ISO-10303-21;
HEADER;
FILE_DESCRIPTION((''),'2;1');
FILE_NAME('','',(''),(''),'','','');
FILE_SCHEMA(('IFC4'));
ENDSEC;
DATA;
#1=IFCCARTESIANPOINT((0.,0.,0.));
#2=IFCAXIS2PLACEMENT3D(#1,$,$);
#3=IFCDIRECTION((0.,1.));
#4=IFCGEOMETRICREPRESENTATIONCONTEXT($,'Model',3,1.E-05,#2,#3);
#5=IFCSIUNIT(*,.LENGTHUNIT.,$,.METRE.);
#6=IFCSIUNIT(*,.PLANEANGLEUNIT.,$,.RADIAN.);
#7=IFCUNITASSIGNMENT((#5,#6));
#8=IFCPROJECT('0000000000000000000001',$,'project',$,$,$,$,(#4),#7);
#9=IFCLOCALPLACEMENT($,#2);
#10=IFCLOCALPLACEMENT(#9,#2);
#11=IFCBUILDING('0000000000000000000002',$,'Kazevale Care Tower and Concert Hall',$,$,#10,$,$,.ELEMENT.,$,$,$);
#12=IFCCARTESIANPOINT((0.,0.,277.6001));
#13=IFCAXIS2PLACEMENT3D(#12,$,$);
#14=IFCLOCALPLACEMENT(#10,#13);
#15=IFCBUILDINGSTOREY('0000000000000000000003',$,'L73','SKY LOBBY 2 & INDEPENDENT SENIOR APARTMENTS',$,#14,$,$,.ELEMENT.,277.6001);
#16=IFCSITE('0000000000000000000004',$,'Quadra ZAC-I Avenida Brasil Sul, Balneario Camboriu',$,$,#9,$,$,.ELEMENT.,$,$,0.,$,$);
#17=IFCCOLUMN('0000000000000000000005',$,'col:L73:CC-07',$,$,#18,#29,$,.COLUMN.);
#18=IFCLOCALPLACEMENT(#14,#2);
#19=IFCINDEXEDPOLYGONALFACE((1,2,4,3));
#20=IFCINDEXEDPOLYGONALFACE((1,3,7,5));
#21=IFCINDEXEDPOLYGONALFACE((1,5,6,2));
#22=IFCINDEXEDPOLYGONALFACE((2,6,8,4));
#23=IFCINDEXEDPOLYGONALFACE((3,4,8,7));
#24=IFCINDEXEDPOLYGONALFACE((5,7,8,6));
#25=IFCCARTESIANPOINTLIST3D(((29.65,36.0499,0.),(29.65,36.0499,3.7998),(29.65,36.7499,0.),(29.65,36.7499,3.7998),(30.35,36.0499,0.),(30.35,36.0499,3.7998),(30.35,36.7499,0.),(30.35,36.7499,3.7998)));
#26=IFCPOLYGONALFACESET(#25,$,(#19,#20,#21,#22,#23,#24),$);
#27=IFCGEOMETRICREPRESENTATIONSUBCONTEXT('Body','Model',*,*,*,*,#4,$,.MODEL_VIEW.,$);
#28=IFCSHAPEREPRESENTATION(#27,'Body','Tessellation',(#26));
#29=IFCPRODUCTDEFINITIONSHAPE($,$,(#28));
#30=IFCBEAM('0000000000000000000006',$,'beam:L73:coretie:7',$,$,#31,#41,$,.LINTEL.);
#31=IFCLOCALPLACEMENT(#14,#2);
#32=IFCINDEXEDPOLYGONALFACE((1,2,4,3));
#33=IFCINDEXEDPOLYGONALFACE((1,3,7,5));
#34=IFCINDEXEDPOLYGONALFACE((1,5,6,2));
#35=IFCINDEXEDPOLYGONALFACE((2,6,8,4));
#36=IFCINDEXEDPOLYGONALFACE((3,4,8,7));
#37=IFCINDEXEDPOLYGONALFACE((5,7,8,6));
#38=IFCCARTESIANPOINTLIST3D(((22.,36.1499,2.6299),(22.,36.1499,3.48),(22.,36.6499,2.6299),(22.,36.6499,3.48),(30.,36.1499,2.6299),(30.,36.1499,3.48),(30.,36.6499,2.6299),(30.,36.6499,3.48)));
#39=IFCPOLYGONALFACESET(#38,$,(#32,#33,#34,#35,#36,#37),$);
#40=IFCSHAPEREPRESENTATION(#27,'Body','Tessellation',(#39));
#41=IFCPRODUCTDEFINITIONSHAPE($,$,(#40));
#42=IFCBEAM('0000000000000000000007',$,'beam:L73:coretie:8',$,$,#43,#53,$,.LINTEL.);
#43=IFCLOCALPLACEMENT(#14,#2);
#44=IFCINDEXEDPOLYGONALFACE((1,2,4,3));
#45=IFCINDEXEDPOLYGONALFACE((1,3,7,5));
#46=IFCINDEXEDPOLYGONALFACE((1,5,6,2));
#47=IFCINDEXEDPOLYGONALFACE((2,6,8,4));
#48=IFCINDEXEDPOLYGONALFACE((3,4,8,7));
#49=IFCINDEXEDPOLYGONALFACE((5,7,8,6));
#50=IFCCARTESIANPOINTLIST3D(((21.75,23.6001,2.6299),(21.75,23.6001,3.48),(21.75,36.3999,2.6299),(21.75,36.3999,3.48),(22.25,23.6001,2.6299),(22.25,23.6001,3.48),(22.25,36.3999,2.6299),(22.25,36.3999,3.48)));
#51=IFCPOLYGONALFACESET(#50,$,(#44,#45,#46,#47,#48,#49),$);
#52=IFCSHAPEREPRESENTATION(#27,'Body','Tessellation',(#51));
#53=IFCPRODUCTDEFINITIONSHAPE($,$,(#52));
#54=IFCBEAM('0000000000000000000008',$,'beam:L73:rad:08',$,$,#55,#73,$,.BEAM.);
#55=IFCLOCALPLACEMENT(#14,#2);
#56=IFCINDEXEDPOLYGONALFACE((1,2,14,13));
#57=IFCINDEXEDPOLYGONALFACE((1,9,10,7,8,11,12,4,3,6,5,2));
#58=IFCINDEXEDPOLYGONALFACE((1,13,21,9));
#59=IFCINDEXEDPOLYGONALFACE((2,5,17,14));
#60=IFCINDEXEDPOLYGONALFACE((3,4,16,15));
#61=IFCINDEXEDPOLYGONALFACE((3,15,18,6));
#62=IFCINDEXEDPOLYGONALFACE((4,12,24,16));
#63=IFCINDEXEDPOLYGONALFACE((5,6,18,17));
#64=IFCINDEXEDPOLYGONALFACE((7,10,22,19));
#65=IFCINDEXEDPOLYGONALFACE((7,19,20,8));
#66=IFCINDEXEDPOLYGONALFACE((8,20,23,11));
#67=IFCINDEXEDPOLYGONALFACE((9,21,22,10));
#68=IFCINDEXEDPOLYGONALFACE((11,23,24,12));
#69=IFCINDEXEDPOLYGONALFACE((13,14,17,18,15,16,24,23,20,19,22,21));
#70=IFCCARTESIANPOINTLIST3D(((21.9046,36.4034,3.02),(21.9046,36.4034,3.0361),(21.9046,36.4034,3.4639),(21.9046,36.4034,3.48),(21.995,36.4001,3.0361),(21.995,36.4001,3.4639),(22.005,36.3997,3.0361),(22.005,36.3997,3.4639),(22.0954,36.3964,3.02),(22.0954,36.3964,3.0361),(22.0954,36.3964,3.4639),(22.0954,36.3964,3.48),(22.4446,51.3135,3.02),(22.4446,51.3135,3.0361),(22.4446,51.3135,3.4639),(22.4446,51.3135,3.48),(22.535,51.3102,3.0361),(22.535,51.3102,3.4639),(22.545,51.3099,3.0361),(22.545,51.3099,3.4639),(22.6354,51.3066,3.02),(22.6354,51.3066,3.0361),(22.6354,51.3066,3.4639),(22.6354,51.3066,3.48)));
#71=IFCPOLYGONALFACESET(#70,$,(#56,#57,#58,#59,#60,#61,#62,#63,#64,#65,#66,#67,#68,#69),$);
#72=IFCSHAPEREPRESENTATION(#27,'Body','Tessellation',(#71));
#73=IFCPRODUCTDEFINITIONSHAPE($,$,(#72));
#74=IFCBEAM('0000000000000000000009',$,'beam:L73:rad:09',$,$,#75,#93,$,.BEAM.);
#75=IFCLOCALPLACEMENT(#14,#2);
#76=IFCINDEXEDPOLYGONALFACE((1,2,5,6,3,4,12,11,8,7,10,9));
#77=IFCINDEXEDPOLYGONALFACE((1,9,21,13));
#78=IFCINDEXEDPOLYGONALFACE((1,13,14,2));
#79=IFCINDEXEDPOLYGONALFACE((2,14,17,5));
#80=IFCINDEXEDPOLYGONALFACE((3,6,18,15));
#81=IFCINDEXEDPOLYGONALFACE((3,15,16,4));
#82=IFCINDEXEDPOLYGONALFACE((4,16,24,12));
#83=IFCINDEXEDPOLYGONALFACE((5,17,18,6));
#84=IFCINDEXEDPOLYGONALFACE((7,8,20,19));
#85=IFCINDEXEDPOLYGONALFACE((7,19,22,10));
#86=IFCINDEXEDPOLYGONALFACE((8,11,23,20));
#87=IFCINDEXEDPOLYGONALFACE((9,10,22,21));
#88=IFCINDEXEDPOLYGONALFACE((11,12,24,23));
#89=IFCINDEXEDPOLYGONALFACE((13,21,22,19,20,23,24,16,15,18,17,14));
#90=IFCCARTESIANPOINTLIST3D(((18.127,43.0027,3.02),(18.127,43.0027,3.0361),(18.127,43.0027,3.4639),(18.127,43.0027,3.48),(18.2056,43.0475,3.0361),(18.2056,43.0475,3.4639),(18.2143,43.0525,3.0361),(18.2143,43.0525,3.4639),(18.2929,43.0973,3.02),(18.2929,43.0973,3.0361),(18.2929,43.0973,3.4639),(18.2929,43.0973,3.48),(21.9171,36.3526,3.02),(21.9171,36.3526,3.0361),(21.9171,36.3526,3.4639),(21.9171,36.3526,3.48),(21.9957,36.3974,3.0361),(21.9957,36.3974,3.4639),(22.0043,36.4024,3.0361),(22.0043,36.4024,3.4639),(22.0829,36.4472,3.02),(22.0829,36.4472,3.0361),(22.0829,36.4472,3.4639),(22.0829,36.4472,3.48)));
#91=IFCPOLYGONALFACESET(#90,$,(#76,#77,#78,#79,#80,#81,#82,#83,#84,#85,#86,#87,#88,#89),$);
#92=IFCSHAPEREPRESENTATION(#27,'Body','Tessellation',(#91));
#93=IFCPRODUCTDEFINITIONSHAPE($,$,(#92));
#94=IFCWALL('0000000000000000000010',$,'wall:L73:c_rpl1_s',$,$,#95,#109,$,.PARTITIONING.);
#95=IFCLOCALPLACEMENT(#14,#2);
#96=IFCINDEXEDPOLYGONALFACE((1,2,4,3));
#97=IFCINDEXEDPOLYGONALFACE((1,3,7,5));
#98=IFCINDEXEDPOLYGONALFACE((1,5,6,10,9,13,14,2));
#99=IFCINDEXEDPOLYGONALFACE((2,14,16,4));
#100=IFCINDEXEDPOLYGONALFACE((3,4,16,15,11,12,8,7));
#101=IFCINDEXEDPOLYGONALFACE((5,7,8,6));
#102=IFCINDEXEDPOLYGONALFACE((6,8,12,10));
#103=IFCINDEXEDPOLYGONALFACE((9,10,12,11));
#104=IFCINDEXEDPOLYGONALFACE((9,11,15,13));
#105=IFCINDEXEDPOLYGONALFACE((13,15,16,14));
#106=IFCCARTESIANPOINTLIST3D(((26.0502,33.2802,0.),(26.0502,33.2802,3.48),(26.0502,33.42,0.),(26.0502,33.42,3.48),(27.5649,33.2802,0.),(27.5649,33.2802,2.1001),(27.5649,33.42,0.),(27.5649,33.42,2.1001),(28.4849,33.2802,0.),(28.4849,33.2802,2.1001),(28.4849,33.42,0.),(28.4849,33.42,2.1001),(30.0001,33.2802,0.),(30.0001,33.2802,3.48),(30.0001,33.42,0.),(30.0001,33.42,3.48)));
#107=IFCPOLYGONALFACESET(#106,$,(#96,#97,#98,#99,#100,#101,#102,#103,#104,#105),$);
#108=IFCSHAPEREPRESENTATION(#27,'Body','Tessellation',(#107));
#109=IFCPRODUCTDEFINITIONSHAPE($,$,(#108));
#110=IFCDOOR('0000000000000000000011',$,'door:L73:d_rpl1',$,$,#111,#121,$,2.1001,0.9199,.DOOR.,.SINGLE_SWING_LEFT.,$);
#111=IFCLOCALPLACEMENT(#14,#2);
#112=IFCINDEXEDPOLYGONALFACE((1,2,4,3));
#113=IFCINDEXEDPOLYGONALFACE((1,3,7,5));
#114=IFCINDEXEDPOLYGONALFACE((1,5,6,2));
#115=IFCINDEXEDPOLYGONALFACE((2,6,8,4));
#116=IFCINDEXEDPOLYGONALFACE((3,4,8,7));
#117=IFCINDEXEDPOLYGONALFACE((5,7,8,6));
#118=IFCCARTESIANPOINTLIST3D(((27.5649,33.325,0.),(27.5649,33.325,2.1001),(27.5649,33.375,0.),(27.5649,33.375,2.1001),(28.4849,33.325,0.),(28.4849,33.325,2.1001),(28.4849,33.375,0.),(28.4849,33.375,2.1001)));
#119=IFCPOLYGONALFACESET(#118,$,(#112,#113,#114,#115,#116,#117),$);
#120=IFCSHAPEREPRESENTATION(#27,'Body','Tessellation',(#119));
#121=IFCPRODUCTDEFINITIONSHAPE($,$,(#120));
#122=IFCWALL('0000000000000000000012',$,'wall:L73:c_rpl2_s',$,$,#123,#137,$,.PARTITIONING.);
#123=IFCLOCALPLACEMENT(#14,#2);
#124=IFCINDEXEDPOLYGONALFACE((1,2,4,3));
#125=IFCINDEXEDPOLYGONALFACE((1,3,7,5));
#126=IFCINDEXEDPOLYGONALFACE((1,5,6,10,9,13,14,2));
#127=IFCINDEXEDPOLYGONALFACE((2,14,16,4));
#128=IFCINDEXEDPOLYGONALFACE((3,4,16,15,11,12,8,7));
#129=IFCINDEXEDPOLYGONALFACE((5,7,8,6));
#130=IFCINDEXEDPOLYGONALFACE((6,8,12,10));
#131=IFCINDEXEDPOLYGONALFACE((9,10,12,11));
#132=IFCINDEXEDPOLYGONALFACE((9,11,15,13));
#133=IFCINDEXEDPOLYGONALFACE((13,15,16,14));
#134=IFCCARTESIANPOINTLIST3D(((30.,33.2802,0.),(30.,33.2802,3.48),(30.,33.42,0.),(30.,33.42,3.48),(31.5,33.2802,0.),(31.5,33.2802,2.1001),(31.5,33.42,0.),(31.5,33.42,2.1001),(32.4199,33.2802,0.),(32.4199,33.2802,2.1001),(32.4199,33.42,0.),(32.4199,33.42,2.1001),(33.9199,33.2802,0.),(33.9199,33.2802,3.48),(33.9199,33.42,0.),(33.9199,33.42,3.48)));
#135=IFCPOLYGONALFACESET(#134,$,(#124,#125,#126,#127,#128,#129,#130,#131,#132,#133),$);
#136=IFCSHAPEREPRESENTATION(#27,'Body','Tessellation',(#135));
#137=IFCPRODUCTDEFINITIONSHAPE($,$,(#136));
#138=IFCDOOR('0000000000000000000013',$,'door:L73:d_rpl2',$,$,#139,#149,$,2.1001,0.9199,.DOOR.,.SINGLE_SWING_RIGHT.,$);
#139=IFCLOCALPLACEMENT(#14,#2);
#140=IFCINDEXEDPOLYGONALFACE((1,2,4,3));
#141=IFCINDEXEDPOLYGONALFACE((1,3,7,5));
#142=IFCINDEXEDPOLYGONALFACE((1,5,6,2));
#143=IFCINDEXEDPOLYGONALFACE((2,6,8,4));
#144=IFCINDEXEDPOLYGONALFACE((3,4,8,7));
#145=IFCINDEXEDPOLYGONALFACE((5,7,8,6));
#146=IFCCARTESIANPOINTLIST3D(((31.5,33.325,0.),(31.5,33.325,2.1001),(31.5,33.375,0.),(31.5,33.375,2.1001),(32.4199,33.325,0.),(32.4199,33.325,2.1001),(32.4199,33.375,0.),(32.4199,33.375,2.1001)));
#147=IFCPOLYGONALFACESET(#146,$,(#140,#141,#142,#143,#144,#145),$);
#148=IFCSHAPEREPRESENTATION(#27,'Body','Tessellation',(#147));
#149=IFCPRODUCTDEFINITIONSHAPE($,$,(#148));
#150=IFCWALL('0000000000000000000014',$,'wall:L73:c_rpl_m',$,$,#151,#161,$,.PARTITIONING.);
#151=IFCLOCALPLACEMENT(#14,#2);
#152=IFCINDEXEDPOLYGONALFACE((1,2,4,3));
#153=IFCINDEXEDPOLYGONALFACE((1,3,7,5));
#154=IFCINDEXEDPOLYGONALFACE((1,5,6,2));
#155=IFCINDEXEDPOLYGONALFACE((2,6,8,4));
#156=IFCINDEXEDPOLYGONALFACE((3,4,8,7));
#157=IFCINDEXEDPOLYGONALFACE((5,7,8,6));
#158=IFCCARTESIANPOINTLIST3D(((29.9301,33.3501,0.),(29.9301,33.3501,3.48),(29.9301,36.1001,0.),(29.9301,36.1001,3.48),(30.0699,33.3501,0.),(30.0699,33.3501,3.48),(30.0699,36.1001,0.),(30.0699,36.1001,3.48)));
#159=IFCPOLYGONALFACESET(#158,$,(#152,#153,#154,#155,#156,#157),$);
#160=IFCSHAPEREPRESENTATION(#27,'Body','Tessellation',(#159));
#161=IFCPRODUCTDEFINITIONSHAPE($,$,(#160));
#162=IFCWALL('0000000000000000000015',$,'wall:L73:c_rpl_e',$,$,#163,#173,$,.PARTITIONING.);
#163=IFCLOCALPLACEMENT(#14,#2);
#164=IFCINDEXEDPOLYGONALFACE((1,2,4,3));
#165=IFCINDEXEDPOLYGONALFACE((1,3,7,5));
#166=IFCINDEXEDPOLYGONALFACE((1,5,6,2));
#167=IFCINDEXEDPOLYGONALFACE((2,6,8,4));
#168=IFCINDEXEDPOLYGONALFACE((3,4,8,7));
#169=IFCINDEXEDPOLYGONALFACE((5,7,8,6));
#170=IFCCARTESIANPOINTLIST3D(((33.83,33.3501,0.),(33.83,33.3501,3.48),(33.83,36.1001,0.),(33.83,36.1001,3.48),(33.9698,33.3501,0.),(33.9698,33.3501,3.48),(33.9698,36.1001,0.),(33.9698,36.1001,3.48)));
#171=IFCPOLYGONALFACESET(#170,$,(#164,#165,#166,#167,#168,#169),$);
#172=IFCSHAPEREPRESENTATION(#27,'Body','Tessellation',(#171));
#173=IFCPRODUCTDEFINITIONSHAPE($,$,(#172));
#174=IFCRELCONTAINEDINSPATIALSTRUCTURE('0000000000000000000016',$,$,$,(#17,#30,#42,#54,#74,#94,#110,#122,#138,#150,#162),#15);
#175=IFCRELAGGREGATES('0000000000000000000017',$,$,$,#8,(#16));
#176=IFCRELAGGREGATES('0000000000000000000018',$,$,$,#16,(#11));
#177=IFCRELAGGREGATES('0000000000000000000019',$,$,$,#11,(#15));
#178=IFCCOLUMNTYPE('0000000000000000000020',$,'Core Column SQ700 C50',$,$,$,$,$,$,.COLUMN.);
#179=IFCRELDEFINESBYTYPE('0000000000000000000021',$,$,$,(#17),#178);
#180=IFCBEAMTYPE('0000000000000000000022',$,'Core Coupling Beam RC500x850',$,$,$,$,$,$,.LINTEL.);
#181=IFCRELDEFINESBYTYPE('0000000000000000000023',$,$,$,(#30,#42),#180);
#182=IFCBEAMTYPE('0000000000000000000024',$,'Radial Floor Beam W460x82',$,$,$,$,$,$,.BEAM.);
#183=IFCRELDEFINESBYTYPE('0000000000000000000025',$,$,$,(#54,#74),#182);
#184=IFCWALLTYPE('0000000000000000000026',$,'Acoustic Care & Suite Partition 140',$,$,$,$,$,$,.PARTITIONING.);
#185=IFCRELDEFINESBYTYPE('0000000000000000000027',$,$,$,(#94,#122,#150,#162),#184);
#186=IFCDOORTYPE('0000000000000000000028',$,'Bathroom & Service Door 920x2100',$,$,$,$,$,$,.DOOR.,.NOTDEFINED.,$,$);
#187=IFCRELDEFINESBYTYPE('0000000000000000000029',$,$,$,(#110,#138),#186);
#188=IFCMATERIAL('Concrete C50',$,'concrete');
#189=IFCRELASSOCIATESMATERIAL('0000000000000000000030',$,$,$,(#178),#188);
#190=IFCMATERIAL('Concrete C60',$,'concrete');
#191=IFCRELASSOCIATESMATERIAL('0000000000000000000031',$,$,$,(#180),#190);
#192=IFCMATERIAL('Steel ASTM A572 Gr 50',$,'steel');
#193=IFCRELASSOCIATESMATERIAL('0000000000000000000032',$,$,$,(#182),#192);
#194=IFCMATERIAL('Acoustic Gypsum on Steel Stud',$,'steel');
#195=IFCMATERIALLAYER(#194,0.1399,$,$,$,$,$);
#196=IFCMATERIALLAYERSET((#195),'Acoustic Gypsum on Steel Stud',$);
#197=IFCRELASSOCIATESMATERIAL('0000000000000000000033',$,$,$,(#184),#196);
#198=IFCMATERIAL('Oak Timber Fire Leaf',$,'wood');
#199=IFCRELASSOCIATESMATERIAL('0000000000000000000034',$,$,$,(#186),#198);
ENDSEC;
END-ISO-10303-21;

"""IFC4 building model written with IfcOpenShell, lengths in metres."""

from ifc_helpers import new_model, si_unit, direction, frame, frame_2d, origin, origin_2d, place, context, subcontext, project, spatial, rectangle, i_section, extrude, material, layer, layer_set, material_profile, profile_set, type_object, element, fill, save


model = new_model("IFC4")

# Units and contexts
model_context = context("Model", 3, precision=1e-05, world=origin(), true_north=direction((0.0, 1.0)))
body_context = subcontext(model_context, "Body", "Model", "MODEL_VIEW")
ifc_project = project(units=[si_unit("LENGTHUNIT", "METRE"), si_unit("PLANEANGLEUNIT", "RADIAN")], contexts=[model_context])

# Site, building, storey
site_placement = place(None, origin())
site = spatial("IfcSite", under=ifc_project, at=site_placement, Name="Quadra ZAC-I Avenida Brasil Sul, Balneario Camboriu", CompositionType="ELEMENT", RefElevation=0.0)
building_placement = place(site_placement, origin())
building = spatial("IfcBuilding", under=site, at=building_placement, Name="Kazevale Care Tower and Concert Hall", CompositionType="ELEMENT")
storey_placement = place(building_placement, frame((0.0, 0.0, 277.6001)))
storey = spatial("IfcBuildingStorey", under=building, at=storey_placement, Name="L73", Description="SKY LOBBY 2 & INDEPENDENT SENIOR APARTMENTS", CompositionType="ELEMENT", Elevation=277.6001)

# Column
ifc_material_1 = material(Name="Concrete C50", Category="concrete")
ifc_material_profile_1 = material_profile(ifc_material_1, rectangle(XDim=0.7, YDim=0.7, at=origin_2d()), Name="RC-SQ700")
ifc_profile_set_1 = profile_set([ifc_material_profile_1], Name="Concrete C50")
column_type = type_object("IfcColumnType", Name="Core Column SQ700 C50", PredefinedType="COLUMN", material=ifc_profile_set_1)
column_placement = place(storey_placement, frame((30.0, 36.3999, 0.0), z_axis=(0.0, 0.0, 1.0), x_axis=(1.0, 0.0, 0.0)))
element("IfcColumn", 1, at=column_placement, inside=storey, type_object=column_type, Name="col:L73:CC-07", PredefinedType="COLUMN", context=body_context, shape_type="SweptSolid", body=[
    extrude(rectangle(XDim=0.7, YDim=0.7, at=origin_2d()), origin(), (0.0, 0.0, 1.0), 3.7998),
])

# Beams
ifc_material_2 = material(Name="Concrete C60", Category="concrete")
ifc_material_profile_2 = material_profile(ifc_material_2, rectangle(XDim=0.5, YDim=0.8501, at=origin_2d()), Name="RC-B500x850")
ifc_profile_set_2 = profile_set([ifc_material_profile_2], Name="Concrete C60")
beam_type_1 = type_object("IfcBeamType", Name="Core Coupling Beam RC500x850", PredefinedType="LINTEL", material=ifc_profile_set_2)
beam_1_placement = place(storey_placement, frame((30.0, 36.3999, 3.0549), z_axis=(-1.0, 0.0, 0.0), x_axis=(0.0, -1.0, 0.0)))
element("IfcBeam", 2, at=beam_1_placement, inside=storey, type_object=beam_type_1, Name="beam:L73:coretie:7", PredefinedType="LINTEL", context=body_context, shape_type="SweptSolid", body=[
    extrude(rectangle(XDim=0.5, YDim=0.8501, at=origin_2d()), origin(), (0.0, 0.0, 1.0), 8.0),
])
beam_2_placement = place(storey_placement, frame((22.0, 36.3999, 3.0549), z_axis=(0.0, -1.0, 0.0), x_axis=(1.0, 0.0, 0.0)))
element("IfcBeam", 3, at=beam_2_placement, inside=storey, type_object=beam_type_1, Name="beam:L73:coretie:8", PredefinedType="LINTEL", context=body_context, shape_type="SweptSolid", body=[
    extrude(rectangle(XDim=0.5, YDim=0.8501, at=origin_2d()), origin(), (0.0, 0.0, 1.0), 12.7998),
])
ifc_material_3 = material(Name="Steel ASTM A572 Gr 50", Category="steel")
ifc_material_profile_3 = material_profile(ifc_material_3, i_section(OverallWidth=0.1909, OverallDepth=0.46, WebThickness=0.01, FlangeThickness=0.0161, at=origin_2d()), Name="W460x82")
ifc_profile_set_3 = profile_set([ifc_material_profile_3], Name="Steel ASTM A572 Gr 50")
beam_type_2 = type_object("IfcBeamType", Name="Radial Floor Beam W460x82", PredefinedType="BEAM", material=ifc_profile_set_3)
beam_3_placement = place(storey_placement, frame((22.0, 36.3999, 3.25), z_axis=(0.036196, 0.999345, 0.0), x_axis=(-0.999345, 0.036196, 0.0)))
element("IfcBeam", 4, at=beam_3_placement, inside=storey, type_object=beam_type_2, Name="beam:L73:rad:08", PredefinedType="BEAM", context=body_context, shape_type="SweptSolid", body=[
    extrude(i_section(OverallWidth=0.1909, OverallDepth=0.46, WebThickness=0.01, FlangeThickness=0.0161, at=origin_2d()), origin(), (0.0, 0.0, 1.0), 14.9199),
])
beam_4_placement = place(storey_placement, frame((22.0, 36.3999, 3.25), z_axis=(-0.495149, 0.868808, 0.0), x_axis=(-0.868808, -0.495149, 0.0)))
element("IfcBeam", 5, at=beam_4_placement, inside=storey, type_object=beam_type_2, Name="beam:L73:rad:09", PredefinedType="BEAM", context=body_context, shape_type="SweptSolid", body=[
    extrude(i_section(OverallWidth=0.1909, OverallDepth=0.46, WebThickness=0.01, FlangeThickness=0.0161, at=origin_2d()), origin(), (0.0, 0.0, 1.0), 7.6543),
])

# Walls, openings, doors
ifc_material_4 = material(Name="Acoustic Gypsum on Steel Stud", Category="steel")
ifc_layer_1 = layer(ifc_material_4, 0.1399)
ifc_layer_set_1 = layer_set([ifc_layer_1], Name="Acoustic Gypsum on Steel Stud")
wall_type_1 = type_object("IfcWallType", Name="Acoustic Care & Suite Partition 140", PredefinedType="PARTITIONING", material=ifc_layer_set_1)
wall_1_placement = place(storey_placement, frame((26.05, 33.3501, 0.0), z_axis=(0.0, 0.0, 1.0), x_axis=(1.0, 0.0, 0.0)))
wall_1 = element("IfcWall", 6, at=wall_1_placement, inside=storey, type_object=wall_type_1, Name="wall:L73:c_rpl1_s", PredefinedType="PARTITIONING", context=body_context, shape_type="SweptSolid", body=[
    extrude(rectangle(XDim=3.95, YDim=0.1399, at=frame_2d((1.9751, 0.0))), origin(), (0.0, 0.0, 1.0), 3.48),
])
opening_1_placement = place(wall_1_placement, frame((1.5149, 0.0, 0.0)))
opening_1 = element("IfcOpeningElement", 7, at=opening_1_placement, cuts=wall_1, PredefinedType="OPENING", context=body_context, shape_type="SweptSolid", body=[
    extrude(rectangle(XDim=0.9199, YDim=2.1001, at=frame_2d((0.46, 1.05))), frame((0.0, 0.0798, 0.0), z_axis=(0.0, -1.0, 0.0), x_axis=(1.0, 0.0, 0.0)), (0.0, 0.0, 1.0), 0.1599),
])
ifc_material_5 = material(Name="Oak Timber Fire Leaf", Category="wood")
door_type_1 = type_object("IfcDoorType", Name="Bathroom & Service Door 920x2100", OperationType="NOTDEFINED", PredefinedType="DOOR", material=ifc_material_5)
door_1_placement = place(opening_1_placement, origin())
door_1 = element("IfcDoor", 8, at=door_1_placement, inside=storey, type_object=door_type_1, Name="door:L73:d_rpl1", OperationType="SINGLE_SWING_LEFT", OverallHeight=2.1001, OverallWidth=0.9199, PredefinedType="DOOR", context=body_context, shape_type="SweptSolid", body=[
    extrude(rectangle(XDim=0.9199, YDim=2.1001, at=frame_2d((0.46, 1.05))), frame((0.0, 0.0249, 0.0), z_axis=(0.0, -1.0, 0.0), x_axis=(1.0, 0.0, 0.0)), (0.0, 0.0, 1.0), 0.05),
])
fill(opening_1, door_1)
wall_2_placement = place(storey_placement, frame((30.0, 33.3501, 0.0), z_axis=(0.0, 0.0, 1.0), x_axis=(1.0, 0.0, 0.0)))
wall_2 = element("IfcWall", 9, at=wall_2_placement, inside=storey, type_object=wall_type_1, Name="wall:L73:c_rpl2_s", PredefinedType="PARTITIONING", context=body_context, shape_type="SweptSolid", body=[
    extrude(rectangle(XDim=3.9199, YDim=0.1399, at=frame_2d((1.96, 0.0))), origin(), (0.0, 0.0, 1.0), 3.48),
])
opening_2_placement = place(wall_2_placement, frame((1.5, 0.0, 0.0)))
opening_2 = element("IfcOpeningElement", 10, at=opening_2_placement, cuts=wall_2, PredefinedType="OPENING", context=body_context, shape_type="SweptSolid", body=[
    extrude(rectangle(XDim=0.9199, YDim=2.1001, at=frame_2d((0.46, 1.05))), frame((0.0, 0.0798, 0.0), z_axis=(0.0, -1.0, 0.0), x_axis=(1.0, 0.0, 0.0)), (0.0, 0.0, 1.0), 0.1599),
])
door_2_placement = place(opening_2_placement, origin())
door_2 = element("IfcDoor", 11, at=door_2_placement, inside=storey, type_object=door_type_1, Name="door:L73:d_rpl2", OperationType="SINGLE_SWING_RIGHT", OverallHeight=2.1001, OverallWidth=0.9199, PredefinedType="DOOR", context=body_context, shape_type="SweptSolid", body=[
    extrude(rectangle(XDim=0.9199, YDim=2.1001, at=frame_2d((0.46, 1.05))), frame((0.0, 0.0249, 0.0), z_axis=(0.0, -1.0, 0.0), x_axis=(1.0, 0.0, 0.0)), (0.0, 0.0, 1.0), 0.05),
])
fill(opening_2, door_2)

# Walls
for number, where, z_axis, x_axis, name in (
    (12, (30.0, 33.3501, 0.0), (0.0, 0.0, 1.0), (0.0, 1.0, 0.0), "wall:L73:c_rpl_m"),
    (13, (33.8999, 33.3501, 0.0), (0.0, 0.0, 1.0), (0.0, 1.0, 0.0), "wall:L73:c_rpl_e"),
):
    element("IfcWall", number, at=place(storey_placement, frame(where, z_axis=z_axis, x_axis=x_axis)), inside=storey, type_object=wall_type_1, Name=name, PredefinedType="PARTITIONING", context=body_context, shape_type="SweptSolid", body=[
        extrude(rectangle(XDim=2.75, YDim=0.1399, at=frame_2d((1.375, 0.0))), origin(), (0.0, 0.0, 1.0), 3.48),
    ])

save(model, "model.ifc")
